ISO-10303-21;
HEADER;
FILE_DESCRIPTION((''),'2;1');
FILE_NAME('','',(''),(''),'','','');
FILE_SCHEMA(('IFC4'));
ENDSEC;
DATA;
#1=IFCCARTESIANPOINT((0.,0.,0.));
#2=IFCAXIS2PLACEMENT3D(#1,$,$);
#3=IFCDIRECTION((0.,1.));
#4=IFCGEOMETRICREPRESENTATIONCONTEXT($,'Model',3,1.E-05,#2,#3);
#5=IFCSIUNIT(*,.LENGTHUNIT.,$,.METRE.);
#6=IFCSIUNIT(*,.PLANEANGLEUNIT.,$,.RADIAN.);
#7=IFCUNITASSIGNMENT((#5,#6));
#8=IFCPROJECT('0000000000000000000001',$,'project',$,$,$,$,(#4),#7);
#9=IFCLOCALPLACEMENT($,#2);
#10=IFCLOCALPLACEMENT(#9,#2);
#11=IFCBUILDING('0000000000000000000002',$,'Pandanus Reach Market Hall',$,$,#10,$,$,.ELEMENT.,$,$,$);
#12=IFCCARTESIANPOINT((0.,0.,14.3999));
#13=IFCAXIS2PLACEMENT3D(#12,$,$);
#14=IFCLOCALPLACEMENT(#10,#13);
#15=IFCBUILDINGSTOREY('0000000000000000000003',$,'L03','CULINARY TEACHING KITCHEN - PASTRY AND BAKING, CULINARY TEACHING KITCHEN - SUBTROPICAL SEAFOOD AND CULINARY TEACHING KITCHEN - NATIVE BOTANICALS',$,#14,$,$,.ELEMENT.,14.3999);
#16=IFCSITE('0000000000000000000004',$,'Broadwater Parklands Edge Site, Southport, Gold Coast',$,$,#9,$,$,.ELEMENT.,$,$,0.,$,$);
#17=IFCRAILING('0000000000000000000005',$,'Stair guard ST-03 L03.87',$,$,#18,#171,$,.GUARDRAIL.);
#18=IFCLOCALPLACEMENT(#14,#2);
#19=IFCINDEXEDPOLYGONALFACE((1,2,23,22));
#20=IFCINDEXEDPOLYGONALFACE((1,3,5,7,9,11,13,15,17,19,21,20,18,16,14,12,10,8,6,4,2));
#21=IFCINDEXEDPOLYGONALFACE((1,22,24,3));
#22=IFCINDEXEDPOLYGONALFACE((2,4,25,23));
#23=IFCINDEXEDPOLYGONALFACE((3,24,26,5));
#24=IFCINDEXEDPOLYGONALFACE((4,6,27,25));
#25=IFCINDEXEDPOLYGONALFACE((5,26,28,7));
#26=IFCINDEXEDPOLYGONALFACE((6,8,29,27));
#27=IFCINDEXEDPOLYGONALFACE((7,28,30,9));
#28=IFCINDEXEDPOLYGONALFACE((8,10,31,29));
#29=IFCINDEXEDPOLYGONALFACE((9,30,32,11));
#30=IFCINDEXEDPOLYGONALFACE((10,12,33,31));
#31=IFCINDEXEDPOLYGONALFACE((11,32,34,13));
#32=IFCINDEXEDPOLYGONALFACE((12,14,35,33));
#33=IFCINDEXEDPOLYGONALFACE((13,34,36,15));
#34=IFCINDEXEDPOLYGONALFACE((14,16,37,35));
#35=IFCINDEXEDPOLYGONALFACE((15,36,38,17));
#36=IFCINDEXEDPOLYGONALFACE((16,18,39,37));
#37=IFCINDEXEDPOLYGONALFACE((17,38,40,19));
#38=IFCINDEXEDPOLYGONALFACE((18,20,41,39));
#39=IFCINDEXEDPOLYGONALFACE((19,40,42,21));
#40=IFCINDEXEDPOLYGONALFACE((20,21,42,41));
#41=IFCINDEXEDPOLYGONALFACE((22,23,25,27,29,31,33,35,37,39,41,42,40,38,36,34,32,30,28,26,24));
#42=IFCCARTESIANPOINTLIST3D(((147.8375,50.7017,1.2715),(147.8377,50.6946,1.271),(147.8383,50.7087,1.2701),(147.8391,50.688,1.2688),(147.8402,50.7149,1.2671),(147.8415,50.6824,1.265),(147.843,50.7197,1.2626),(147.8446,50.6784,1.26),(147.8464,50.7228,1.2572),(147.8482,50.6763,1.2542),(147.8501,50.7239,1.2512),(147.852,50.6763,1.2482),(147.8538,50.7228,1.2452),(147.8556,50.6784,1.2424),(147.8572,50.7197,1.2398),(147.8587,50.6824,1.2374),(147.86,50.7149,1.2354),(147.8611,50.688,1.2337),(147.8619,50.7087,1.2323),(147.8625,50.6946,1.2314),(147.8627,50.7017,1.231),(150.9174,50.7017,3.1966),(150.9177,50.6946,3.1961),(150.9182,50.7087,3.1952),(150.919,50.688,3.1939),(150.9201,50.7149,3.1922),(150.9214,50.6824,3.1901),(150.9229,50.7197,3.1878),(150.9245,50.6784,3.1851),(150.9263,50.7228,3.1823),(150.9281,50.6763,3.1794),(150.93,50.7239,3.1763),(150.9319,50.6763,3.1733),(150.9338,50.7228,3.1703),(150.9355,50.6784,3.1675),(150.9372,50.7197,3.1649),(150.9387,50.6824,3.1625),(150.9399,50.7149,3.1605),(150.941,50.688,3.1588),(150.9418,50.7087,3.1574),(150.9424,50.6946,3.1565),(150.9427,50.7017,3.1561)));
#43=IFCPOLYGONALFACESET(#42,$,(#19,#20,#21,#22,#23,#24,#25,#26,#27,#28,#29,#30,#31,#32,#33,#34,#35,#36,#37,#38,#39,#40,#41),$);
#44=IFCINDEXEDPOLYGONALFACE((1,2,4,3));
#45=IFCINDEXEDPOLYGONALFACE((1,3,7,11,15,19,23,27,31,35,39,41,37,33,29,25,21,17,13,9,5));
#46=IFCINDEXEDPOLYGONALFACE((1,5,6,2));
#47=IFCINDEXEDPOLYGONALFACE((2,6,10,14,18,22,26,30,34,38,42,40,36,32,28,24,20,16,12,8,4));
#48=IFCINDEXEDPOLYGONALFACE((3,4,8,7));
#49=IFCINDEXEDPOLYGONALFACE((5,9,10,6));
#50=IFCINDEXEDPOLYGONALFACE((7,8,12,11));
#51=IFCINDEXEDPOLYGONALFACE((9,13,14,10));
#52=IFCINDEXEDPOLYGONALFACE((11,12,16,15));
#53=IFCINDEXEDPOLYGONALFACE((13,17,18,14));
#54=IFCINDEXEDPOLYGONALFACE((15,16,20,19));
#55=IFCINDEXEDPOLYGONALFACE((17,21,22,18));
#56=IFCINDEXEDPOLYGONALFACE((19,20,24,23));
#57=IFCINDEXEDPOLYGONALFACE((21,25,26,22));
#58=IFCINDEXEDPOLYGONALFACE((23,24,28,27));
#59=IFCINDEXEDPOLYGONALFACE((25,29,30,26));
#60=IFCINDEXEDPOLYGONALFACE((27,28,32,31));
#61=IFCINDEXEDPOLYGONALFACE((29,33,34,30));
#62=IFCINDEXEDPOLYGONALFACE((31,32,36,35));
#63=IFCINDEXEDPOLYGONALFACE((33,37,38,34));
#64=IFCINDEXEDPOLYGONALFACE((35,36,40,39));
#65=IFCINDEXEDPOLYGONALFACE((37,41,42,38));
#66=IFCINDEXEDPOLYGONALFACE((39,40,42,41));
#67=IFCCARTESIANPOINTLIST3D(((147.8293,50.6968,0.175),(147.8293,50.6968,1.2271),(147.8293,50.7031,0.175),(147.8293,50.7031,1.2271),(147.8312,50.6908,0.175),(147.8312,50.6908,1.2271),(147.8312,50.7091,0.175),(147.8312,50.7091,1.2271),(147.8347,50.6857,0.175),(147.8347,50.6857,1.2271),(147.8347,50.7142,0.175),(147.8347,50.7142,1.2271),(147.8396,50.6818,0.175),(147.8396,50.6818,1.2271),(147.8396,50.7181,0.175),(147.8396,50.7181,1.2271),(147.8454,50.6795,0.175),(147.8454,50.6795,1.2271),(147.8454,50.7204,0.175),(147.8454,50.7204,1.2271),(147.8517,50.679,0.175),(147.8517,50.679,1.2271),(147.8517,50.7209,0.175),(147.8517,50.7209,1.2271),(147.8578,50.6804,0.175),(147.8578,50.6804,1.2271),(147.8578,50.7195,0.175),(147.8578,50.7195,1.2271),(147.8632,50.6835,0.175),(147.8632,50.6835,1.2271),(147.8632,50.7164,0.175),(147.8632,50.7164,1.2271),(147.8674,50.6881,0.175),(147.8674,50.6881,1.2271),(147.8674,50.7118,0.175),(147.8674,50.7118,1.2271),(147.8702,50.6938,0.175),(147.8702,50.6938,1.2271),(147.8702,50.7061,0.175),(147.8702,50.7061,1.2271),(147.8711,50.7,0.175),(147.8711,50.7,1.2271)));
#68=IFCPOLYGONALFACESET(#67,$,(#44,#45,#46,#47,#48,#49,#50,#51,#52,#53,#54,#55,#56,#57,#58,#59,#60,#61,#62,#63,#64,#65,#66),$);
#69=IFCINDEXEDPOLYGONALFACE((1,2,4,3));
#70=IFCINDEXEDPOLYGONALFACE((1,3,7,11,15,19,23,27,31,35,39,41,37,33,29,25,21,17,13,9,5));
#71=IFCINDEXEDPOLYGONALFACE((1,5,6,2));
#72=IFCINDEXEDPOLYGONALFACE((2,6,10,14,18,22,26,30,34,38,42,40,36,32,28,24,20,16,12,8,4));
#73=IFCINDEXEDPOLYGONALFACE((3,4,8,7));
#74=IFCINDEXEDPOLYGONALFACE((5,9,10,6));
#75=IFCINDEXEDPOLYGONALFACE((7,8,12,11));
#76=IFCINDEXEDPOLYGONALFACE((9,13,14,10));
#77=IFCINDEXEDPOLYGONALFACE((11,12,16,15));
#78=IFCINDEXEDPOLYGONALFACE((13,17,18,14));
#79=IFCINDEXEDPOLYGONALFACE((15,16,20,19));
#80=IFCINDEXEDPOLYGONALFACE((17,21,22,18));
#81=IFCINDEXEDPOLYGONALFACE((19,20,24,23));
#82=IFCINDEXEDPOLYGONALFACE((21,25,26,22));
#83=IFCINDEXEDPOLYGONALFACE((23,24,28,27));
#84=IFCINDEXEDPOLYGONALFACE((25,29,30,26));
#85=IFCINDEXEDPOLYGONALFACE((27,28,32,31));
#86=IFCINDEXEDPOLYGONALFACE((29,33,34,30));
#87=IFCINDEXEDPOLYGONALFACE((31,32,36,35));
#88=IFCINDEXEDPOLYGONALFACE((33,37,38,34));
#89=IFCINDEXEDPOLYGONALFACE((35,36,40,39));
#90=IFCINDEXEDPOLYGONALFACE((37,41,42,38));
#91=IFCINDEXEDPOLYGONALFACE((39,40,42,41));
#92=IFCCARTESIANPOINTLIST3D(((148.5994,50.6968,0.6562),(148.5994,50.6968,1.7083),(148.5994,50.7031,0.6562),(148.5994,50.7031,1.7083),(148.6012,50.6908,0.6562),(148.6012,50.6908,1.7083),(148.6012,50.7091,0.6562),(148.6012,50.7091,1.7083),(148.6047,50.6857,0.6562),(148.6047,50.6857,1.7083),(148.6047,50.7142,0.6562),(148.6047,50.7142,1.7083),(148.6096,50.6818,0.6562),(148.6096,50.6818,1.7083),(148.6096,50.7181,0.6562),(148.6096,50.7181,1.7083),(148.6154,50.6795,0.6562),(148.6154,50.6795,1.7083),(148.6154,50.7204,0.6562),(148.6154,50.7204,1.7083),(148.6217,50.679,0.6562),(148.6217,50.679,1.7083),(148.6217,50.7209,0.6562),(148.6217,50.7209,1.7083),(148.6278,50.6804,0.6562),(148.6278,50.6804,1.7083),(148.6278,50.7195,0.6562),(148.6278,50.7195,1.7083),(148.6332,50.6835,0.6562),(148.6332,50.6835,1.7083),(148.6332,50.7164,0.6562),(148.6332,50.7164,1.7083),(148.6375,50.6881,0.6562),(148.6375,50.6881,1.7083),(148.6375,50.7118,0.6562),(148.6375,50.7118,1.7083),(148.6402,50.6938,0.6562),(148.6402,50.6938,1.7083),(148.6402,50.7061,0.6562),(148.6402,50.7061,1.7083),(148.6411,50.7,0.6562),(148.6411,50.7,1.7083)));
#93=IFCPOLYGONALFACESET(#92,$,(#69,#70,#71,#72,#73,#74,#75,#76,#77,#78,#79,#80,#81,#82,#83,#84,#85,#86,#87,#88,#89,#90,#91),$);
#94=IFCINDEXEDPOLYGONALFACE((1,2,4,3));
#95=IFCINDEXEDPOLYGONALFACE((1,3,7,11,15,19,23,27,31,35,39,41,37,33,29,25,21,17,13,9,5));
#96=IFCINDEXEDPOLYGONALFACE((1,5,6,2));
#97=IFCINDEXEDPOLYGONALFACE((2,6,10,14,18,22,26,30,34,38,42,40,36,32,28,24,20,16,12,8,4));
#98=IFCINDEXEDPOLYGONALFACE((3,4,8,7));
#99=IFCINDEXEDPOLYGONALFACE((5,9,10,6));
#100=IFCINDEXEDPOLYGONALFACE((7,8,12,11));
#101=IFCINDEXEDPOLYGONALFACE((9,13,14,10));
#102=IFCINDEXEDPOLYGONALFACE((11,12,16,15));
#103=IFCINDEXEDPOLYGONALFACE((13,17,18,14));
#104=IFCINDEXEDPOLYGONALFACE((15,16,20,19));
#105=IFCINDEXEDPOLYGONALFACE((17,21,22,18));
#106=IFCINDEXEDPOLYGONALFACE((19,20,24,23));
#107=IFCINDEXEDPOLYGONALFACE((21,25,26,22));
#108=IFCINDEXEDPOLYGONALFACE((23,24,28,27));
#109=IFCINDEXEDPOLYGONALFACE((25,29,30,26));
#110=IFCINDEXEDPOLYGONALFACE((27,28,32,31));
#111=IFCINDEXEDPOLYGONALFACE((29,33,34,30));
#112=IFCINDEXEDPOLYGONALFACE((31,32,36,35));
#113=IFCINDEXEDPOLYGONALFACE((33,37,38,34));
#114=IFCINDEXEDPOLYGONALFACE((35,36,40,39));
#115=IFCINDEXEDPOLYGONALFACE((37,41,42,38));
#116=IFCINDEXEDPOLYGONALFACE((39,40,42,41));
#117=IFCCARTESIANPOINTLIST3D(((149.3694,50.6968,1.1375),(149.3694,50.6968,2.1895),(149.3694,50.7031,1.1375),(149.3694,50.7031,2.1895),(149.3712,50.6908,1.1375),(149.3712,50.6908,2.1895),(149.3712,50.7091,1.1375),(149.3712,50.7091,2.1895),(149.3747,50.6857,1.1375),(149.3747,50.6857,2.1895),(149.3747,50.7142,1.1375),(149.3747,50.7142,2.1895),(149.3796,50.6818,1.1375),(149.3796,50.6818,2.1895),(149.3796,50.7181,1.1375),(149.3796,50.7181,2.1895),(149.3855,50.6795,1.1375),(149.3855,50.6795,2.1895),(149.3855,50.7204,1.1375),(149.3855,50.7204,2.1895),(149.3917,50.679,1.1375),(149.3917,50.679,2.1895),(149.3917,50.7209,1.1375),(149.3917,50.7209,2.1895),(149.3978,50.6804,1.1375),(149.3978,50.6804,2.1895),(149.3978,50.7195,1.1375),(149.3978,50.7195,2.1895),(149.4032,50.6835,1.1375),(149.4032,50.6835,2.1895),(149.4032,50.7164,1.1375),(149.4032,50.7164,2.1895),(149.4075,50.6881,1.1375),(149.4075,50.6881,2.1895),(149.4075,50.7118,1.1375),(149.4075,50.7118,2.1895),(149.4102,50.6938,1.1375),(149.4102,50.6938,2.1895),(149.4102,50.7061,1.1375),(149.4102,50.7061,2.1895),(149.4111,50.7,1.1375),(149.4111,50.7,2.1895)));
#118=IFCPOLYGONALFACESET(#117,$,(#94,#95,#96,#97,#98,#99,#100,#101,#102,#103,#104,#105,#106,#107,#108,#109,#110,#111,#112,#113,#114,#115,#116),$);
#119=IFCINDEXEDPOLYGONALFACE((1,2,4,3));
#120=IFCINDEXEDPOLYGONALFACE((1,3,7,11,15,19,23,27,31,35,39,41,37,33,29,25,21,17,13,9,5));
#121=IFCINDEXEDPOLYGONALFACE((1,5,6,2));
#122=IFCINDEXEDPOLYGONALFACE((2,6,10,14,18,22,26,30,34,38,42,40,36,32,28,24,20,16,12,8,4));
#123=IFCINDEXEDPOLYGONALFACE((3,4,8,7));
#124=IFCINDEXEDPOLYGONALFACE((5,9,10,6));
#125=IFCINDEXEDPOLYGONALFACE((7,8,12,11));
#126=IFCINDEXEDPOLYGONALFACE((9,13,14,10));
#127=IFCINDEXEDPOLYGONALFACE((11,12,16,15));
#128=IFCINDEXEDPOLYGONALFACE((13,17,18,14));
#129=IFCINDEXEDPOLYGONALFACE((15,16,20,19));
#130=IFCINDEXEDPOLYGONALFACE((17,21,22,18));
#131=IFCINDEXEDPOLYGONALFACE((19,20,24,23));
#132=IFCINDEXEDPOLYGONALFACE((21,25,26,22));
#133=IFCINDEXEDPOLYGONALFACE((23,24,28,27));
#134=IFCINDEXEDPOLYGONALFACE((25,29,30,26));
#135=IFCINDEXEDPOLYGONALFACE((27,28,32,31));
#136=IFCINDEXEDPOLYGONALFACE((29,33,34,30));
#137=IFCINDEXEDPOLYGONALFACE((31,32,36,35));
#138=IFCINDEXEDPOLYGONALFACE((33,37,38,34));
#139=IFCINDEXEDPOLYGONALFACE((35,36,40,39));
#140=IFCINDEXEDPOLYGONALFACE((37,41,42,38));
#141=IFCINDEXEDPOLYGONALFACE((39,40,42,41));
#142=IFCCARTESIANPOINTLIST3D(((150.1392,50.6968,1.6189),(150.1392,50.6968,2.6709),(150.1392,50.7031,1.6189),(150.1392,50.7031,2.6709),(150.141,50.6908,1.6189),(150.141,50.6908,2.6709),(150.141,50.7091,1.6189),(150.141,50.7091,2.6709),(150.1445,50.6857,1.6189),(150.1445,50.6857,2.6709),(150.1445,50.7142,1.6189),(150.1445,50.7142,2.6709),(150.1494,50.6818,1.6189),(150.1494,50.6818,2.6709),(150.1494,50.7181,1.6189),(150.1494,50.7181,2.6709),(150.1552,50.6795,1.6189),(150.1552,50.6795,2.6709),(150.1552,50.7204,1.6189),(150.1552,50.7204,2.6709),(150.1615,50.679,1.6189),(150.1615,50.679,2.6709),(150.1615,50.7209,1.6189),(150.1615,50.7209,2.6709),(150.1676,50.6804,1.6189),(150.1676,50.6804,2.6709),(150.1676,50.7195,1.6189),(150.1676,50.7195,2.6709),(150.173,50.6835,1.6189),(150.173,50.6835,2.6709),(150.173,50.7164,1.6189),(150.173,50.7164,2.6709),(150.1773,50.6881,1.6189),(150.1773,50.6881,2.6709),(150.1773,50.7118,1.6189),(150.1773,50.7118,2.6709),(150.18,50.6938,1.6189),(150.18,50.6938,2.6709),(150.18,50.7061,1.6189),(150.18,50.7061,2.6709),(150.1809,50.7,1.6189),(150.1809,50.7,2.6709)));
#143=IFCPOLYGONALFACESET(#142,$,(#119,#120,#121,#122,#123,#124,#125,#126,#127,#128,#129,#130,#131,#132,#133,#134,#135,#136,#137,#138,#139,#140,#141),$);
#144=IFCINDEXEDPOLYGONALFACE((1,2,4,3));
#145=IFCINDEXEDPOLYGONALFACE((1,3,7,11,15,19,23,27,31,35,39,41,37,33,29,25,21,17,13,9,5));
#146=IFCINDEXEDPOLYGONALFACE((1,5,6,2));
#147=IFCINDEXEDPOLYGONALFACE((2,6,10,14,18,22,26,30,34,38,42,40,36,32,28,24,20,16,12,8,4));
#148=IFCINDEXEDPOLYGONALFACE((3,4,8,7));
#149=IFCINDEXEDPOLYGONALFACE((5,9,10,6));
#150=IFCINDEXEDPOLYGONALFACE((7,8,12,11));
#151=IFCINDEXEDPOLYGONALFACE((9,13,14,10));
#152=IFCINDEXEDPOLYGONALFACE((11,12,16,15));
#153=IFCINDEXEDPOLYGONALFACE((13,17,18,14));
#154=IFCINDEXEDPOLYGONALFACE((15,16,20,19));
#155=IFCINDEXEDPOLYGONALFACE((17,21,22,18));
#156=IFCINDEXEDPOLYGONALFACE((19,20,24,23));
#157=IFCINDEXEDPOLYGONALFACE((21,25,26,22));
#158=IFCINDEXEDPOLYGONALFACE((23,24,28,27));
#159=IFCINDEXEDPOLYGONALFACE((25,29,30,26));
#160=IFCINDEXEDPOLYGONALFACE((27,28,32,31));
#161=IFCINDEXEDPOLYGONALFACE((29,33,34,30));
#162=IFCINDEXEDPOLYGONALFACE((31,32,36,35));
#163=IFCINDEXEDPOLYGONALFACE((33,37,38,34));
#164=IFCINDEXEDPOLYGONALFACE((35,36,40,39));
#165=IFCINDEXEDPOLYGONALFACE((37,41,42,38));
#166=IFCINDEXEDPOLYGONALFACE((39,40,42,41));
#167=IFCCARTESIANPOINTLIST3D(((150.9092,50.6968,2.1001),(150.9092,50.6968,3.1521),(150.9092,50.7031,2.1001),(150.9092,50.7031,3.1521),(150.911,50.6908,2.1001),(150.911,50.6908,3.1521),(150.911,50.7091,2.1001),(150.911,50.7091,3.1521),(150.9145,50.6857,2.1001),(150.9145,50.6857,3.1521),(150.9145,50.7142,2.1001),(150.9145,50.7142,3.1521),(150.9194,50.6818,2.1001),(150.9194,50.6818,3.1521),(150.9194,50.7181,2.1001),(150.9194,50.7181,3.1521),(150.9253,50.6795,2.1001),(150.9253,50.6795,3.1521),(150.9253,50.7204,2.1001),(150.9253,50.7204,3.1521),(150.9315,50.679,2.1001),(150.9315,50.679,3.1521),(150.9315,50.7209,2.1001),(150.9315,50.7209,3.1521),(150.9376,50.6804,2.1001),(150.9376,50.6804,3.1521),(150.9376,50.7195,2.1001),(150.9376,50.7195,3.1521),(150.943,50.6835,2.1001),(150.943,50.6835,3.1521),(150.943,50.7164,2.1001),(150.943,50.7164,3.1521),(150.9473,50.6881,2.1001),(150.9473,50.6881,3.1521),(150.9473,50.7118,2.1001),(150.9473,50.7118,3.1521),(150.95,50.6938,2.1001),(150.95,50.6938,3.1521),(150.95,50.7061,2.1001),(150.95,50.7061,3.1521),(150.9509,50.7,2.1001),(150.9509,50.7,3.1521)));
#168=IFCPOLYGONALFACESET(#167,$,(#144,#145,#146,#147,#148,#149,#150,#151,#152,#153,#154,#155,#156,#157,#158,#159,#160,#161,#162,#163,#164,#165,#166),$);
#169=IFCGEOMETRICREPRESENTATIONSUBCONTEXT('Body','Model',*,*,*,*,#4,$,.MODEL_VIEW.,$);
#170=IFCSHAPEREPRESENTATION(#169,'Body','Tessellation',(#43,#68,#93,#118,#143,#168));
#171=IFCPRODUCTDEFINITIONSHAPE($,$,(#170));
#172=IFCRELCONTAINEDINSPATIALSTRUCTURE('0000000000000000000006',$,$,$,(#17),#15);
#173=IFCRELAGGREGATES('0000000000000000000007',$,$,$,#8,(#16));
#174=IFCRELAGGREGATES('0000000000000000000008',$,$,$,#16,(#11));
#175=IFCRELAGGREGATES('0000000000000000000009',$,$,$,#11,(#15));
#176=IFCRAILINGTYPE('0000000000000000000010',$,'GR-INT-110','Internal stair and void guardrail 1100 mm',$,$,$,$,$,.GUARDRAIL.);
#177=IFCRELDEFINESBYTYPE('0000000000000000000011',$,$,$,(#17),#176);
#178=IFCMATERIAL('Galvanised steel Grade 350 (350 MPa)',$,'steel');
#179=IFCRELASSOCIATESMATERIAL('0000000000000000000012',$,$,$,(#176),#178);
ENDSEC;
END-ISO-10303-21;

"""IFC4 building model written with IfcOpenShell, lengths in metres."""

from ifc_helpers import new_model, si_unit, direction, frame, origin, origin_2d, place, context, subcontext, project, spatial, circle, extrude, material, type_object, element, save


model = new_model("IFC4")

# Units and contexts
model_context = context("Model", 3, precision=1e-05, world=origin(), true_north=direction((0.0, 1.0)))
body_context = subcontext(model_context, "Body", "Model", "MODEL_VIEW")
ifc_project = project(units=[si_unit("LENGTHUNIT", "METRE"), si_unit("PLANEANGLEUNIT", "RADIAN")], contexts=[model_context])

# Site, building, storey
site_placement = place(None, origin())
site = spatial("IfcSite", under=ifc_project, at=site_placement, Name="Broadwater Parklands Edge Site, Southport, Gold Coast", CompositionType="ELEMENT", RefElevation=0.0)
building_placement = place(site_placement, origin())
building = spatial("IfcBuilding", under=site, at=building_placement, Name="Pandanus Reach Market Hall", CompositionType="ELEMENT")
storey_placement = place(building_placement, frame((0.0, 0.0, 14.3999)))
storey = spatial("IfcBuildingStorey", under=building, at=storey_placement, Name="L03", Description="CULINARY TEACHING KITCHEN - PASTRY AND BAKING, CULINARY TEACHING KITCHEN - SUBTROPICAL SEAFOOD AND CULINARY TEACHING KITCHEN - NATIVE BOTANICALS", CompositionType="ELEMENT", Elevation=14.3999)

# Railing
ifc_material_1 = material(Name="Galvanised steel Grade 350 (350 MPa)", Category="steel")
railing_type_1 = type_object("IfcRailingType", Name="GR-INT-110", Description="Internal stair and void guardrail 1100 mm", PredefinedType="GUARDRAIL", material=ifc_material_1)
railing_1_placement = place(storey_placement, frame((147.8501, 50.7, 0.175)))
element("IfcRailing", 1, at=railing_1_placement, inside=storey, type_object=railing_type_1, Name="Stair guard ST-03 L03.87", PredefinedType="GUARDRAIL", context=body_context, shape_type="SweptSolid", body=[
    extrude(circle(Radius=0.0239, at=origin_2d()), frame((0.0, 0.0, 1.0762), z_axis=(0.847979, 0.0, 0.530029), x_axis=(0.0, 1.0, 0.0)), (0.0, 0.0, 1.0), 3.6321),
    extrude(circle(Radius=0.021, at=origin_2d()), origin(), (0.0, 0.0, 1.0), 1.052),
    extrude(circle(Radius=0.021, at=origin_2d()), frame((0.77, 0.0, 0.4812)), (0.0, 0.0, 1.0), 1.052),
    extrude(circle(Radius=0.021, at=origin_2d()), frame((1.54, 0.0, 0.9624)), (0.0, 0.0, 1.0), 1.052),
    extrude(circle(Radius=0.021, at=origin_2d()), frame((2.3098, 0.0, 1.4438)), (0.0, 0.0, 1.0), 1.052),
    extrude(circle(Radius=0.021, at=origin_2d()), frame((3.0798, 0.0, 1.925)), (0.0, 0.0, 1.0), 1.052),
])

save(model, "model.ifc")
